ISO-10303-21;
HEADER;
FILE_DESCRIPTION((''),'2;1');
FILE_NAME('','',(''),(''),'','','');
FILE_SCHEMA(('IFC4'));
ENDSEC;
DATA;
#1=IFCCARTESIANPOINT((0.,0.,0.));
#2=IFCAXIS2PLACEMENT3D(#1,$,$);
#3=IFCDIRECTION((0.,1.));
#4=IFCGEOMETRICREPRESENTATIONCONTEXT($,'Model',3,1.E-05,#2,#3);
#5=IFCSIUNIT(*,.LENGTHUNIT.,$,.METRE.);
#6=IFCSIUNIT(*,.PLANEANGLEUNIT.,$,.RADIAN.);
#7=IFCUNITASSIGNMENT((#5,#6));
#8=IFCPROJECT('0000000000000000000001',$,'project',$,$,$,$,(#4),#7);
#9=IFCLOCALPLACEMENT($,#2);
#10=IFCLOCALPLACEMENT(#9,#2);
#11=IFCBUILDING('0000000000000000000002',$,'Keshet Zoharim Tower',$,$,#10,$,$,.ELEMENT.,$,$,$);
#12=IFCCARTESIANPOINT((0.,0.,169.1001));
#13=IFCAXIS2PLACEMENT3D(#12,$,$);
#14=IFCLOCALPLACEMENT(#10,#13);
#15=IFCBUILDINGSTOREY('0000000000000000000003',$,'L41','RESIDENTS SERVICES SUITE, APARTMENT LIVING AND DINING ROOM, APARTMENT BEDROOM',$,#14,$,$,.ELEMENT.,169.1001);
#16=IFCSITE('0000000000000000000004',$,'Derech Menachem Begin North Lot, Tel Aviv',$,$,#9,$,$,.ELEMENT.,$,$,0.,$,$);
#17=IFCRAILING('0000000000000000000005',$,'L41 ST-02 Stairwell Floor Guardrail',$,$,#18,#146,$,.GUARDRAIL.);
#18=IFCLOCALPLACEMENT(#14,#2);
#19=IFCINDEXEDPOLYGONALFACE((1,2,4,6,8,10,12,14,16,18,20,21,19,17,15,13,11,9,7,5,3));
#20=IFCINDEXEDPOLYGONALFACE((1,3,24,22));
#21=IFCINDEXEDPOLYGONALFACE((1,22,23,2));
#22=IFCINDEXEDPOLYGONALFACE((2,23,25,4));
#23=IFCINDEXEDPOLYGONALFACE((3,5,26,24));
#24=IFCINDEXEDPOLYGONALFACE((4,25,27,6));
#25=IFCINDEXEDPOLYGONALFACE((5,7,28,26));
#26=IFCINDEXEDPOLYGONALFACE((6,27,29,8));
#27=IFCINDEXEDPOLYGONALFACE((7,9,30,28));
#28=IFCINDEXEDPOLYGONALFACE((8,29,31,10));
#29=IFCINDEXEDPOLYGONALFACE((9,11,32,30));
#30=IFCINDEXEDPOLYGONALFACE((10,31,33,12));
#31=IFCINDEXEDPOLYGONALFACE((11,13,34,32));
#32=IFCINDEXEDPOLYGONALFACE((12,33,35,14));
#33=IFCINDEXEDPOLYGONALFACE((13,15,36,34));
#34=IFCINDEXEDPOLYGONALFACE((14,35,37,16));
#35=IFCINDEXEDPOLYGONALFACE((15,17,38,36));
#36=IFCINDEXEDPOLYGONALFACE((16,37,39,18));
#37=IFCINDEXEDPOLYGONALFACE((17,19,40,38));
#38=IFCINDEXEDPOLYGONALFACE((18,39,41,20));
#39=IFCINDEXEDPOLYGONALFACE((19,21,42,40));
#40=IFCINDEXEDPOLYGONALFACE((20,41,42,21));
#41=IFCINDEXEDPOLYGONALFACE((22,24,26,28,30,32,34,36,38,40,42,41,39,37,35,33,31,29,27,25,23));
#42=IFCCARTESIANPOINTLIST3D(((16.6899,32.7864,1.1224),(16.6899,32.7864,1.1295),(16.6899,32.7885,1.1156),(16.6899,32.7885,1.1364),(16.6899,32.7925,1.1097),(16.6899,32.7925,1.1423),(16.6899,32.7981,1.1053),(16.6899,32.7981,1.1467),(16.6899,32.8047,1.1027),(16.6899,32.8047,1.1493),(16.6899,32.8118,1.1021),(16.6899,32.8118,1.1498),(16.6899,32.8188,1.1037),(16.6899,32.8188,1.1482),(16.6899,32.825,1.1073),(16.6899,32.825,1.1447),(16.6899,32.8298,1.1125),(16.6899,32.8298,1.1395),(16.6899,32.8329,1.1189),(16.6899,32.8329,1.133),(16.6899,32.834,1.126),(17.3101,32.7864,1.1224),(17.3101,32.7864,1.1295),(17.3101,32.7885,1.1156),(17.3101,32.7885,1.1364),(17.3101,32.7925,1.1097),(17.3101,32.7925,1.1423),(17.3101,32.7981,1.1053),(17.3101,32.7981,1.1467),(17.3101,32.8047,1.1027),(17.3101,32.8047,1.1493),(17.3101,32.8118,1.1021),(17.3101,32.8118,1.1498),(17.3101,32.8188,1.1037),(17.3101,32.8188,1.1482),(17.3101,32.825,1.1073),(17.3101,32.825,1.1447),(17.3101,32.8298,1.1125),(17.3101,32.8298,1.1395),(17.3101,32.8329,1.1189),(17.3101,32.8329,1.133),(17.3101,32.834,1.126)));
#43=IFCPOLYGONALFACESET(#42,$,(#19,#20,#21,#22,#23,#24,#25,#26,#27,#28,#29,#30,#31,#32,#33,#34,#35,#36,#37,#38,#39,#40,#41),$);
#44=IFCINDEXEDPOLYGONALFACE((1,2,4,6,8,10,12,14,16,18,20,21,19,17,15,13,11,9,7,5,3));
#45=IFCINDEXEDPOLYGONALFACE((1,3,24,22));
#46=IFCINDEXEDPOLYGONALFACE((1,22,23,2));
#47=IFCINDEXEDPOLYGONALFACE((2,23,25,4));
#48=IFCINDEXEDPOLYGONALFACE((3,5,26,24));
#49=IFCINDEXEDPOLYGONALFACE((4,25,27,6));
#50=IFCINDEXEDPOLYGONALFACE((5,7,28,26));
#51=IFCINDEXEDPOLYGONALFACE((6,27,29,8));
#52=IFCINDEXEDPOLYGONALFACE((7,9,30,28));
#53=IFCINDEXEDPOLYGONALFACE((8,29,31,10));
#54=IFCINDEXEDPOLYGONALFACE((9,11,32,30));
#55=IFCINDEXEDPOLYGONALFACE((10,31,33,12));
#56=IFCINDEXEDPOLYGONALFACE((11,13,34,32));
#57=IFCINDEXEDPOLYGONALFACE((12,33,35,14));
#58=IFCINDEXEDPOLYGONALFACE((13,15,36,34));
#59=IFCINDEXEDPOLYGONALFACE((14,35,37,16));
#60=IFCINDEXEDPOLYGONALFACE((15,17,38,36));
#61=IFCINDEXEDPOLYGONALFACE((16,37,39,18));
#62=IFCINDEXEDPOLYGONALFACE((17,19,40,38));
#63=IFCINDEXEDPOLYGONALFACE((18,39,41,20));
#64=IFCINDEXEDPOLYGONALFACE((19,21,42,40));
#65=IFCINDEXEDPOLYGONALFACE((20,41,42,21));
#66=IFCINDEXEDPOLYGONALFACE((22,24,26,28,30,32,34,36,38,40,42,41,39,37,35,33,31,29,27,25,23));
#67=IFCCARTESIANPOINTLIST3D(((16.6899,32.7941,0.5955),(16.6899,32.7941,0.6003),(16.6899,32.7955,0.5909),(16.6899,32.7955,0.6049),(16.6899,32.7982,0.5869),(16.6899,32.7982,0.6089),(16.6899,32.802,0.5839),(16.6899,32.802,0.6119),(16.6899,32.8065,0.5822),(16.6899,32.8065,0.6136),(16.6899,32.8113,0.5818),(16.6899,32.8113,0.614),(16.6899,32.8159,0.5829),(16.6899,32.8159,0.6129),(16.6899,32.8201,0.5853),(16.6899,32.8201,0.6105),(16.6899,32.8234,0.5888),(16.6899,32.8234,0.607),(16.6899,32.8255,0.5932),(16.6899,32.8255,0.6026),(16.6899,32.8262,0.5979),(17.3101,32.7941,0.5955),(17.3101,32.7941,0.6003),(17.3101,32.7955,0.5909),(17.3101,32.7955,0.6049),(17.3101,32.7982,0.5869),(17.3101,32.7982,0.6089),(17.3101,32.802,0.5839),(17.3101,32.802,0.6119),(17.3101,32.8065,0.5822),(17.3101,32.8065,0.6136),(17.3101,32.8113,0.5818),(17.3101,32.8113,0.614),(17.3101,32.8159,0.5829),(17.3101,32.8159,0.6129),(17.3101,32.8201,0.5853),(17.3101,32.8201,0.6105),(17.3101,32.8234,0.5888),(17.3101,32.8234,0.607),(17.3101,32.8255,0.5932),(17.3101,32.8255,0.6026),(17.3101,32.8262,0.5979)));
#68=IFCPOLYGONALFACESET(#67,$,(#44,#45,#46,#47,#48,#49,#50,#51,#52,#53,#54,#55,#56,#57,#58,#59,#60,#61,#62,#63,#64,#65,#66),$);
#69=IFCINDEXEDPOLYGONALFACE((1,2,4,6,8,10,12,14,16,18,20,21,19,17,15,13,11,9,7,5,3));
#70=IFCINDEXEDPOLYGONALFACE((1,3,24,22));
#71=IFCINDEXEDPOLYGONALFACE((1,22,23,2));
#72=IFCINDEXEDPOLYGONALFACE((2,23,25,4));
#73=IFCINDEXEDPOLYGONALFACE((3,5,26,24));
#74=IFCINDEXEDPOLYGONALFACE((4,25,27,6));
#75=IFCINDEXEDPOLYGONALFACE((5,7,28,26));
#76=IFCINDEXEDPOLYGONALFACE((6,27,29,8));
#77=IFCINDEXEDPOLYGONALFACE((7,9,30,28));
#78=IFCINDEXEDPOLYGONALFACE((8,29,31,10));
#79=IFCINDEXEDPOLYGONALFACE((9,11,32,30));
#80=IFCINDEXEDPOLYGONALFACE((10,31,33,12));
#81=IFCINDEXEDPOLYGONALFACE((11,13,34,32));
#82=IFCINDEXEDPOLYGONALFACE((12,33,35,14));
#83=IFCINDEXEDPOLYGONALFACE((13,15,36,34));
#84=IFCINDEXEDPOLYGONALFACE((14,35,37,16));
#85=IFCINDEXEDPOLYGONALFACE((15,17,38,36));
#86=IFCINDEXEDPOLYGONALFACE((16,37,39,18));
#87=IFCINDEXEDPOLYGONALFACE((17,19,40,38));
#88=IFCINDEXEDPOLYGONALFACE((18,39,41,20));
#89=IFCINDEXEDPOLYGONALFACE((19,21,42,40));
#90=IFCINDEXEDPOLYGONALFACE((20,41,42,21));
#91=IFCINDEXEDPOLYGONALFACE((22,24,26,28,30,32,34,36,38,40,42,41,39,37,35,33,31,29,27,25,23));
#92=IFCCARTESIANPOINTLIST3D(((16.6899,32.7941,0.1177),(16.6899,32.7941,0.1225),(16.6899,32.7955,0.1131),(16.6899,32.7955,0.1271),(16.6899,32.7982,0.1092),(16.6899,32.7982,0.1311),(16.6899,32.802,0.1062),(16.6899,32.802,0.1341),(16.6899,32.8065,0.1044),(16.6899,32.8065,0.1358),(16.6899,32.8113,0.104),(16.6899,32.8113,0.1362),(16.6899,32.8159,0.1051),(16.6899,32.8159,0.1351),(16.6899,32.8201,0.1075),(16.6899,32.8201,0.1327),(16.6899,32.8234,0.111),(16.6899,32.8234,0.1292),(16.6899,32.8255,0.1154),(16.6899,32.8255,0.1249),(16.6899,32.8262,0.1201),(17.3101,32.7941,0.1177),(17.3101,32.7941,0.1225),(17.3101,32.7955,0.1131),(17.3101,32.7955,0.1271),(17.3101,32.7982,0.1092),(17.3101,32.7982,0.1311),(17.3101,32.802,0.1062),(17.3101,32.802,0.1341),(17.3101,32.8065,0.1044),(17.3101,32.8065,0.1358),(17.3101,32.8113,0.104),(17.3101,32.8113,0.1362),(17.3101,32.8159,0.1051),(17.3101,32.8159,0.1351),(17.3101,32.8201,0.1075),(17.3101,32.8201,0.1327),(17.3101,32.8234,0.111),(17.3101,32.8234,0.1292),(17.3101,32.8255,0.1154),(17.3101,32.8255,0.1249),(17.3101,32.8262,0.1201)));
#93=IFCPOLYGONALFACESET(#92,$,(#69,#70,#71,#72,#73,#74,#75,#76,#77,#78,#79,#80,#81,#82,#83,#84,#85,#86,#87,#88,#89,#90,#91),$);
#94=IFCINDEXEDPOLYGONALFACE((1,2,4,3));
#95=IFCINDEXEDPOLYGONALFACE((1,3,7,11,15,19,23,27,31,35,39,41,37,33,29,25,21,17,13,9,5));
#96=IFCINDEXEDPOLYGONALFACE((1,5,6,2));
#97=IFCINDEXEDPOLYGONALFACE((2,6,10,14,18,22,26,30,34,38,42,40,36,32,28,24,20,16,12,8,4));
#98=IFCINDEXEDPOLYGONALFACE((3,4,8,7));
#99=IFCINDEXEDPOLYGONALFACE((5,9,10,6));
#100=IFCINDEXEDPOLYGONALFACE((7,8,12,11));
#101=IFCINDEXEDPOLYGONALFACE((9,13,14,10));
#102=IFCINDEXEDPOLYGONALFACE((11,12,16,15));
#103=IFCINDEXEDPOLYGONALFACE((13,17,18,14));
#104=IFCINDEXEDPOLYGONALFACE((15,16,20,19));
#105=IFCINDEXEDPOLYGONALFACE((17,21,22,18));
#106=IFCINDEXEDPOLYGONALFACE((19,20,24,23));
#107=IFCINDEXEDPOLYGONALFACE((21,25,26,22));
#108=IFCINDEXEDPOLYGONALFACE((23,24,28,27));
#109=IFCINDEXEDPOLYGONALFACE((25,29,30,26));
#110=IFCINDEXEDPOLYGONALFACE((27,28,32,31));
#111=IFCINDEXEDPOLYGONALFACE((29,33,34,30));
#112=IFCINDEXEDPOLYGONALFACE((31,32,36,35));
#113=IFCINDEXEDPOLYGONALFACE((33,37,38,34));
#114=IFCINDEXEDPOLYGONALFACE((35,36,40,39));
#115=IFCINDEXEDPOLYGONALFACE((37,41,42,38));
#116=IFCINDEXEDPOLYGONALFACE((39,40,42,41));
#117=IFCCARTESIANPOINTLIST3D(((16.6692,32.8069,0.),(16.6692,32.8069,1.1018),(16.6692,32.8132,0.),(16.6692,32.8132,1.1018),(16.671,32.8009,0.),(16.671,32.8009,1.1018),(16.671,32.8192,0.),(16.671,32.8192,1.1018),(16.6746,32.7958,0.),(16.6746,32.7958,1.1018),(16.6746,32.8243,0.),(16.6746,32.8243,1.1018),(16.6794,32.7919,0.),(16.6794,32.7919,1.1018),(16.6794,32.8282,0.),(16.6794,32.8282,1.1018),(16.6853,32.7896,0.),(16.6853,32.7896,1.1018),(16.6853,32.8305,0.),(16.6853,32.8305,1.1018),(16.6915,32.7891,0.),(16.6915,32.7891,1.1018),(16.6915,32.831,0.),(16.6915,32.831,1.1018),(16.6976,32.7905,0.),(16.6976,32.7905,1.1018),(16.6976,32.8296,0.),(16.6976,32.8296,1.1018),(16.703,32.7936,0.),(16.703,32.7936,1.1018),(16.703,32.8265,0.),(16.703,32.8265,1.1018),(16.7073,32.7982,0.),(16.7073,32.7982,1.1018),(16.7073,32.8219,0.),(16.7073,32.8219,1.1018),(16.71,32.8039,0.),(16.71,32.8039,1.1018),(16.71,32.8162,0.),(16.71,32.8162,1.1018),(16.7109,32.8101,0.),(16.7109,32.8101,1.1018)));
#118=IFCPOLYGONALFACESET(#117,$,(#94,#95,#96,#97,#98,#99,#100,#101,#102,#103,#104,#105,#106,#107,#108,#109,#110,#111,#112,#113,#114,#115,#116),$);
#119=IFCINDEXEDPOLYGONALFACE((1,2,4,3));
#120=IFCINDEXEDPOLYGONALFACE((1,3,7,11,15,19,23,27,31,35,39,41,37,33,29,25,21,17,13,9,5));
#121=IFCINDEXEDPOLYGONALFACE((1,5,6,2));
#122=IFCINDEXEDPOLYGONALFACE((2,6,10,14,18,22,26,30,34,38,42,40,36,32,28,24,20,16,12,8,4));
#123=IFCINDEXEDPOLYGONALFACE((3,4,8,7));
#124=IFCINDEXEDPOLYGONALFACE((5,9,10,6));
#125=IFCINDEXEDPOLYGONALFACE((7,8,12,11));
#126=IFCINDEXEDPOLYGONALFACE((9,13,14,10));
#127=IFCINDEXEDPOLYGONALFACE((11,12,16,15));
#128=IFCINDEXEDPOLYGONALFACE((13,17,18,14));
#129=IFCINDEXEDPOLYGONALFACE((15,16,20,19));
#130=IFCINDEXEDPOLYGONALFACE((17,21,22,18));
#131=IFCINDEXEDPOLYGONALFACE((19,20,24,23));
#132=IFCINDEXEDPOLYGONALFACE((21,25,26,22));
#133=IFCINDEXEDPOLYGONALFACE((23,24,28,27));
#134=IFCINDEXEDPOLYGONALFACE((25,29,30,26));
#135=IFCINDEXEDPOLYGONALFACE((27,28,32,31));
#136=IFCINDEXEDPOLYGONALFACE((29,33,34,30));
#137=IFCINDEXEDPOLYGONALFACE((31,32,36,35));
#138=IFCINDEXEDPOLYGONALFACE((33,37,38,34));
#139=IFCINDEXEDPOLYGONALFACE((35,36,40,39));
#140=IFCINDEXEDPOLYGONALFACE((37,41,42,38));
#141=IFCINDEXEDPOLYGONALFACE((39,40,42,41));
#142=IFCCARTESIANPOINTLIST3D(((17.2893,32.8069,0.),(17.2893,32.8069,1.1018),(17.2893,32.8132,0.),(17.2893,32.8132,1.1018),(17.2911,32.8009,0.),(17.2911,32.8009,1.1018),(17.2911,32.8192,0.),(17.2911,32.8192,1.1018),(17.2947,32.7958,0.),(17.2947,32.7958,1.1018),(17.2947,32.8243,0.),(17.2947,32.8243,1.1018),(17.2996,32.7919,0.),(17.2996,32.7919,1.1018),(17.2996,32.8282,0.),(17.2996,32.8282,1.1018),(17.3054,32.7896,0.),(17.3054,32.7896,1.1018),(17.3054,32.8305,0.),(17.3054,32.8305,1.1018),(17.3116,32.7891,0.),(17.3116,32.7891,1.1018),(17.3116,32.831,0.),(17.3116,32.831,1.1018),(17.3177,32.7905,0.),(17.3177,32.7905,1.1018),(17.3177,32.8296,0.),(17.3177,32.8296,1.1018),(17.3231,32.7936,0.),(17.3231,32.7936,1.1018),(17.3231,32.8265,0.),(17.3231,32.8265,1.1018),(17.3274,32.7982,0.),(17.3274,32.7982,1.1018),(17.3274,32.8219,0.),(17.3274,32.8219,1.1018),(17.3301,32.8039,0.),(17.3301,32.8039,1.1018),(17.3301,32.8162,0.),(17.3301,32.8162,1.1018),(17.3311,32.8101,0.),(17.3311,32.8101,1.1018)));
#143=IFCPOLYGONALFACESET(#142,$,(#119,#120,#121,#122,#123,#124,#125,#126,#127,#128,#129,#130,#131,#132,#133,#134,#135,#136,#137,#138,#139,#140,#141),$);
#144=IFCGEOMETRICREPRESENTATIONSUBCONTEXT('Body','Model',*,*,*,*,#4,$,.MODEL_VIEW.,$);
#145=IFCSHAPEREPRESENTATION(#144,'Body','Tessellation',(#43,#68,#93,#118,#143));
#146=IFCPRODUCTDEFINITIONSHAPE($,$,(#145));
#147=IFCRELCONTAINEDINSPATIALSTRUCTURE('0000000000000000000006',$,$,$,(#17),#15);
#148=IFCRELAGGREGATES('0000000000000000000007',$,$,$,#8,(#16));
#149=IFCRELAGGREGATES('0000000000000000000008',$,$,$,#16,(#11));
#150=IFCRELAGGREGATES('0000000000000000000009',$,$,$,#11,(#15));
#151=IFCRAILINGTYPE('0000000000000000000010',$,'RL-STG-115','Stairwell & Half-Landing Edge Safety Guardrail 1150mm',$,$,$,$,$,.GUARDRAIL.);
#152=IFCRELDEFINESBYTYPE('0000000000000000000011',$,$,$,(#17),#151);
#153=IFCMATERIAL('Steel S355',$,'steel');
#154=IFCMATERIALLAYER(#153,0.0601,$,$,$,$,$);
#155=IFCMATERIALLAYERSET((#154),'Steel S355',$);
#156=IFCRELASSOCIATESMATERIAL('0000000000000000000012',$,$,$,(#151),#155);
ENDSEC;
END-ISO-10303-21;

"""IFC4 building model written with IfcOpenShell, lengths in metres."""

from ifc_helpers import new_model, si_unit, direction, frame, origin, origin_2d, place, context, subcontext, project, spatial, circle, extrude, material, layer, layer_set, type_object, element, save


model = new_model("IFC4")

# Units and contexts
model_context = context("Model", 3, precision=1e-05, world=origin(), true_north=direction((0.0, 1.0)))
body_context = subcontext(model_context, "Body", "Model", "MODEL_VIEW")
ifc_project = project(units=[si_unit("LENGTHUNIT", "METRE"), si_unit("PLANEANGLEUNIT", "RADIAN")], contexts=[model_context])

# Site, building, storey
site_placement = place(None, origin())
site = spatial("IfcSite", under=ifc_project, at=site_placement, Name="Derech Menachem Begin North Lot, Tel Aviv", CompositionType="ELEMENT", RefElevation=0.0)
building_placement = place(site_placement, origin())
building = spatial("IfcBuilding", under=site, at=building_placement, Name="Keshet Zoharim Tower", CompositionType="ELEMENT")
storey_placement = place(building_placement, frame((0.0, 0.0, 169.1001)))
storey = spatial("IfcBuildingStorey", under=building, at=storey_placement, Name="L41", Description="RESIDENTS SERVICES SUITE, APARTMENT LIVING AND DINING ROOM, APARTMENT BEDROOM", CompositionType="ELEMENT", Elevation=169.1001)

# Shared definitions
ifc_material_1 = material(Name="Steel S355", Category="steel")

# Railing
ifc_layer_1 = layer(ifc_material_1, 0.0601)
ifc_layer_set_1 = layer_set([ifc_layer_1], Name="Steel S355")
railing_type_1 = type_object("IfcRailingType", Name="RL-STG-115", Description="Stairwell & Half-Landing Edge Safety Guardrail 1150mm", PredefinedType="GUARDRAIL", material=ifc_layer_set_1)
railing_1_placement = place(storey_placement, frame((16.6899, 32.8101, 0.0)))
element("IfcRailing", 1, at=railing_1_placement, inside=storey, type_object=railing_type_1, Name="L41 ST-02 Stairwell Floor Guardrail", PredefinedType="GUARDRAIL", context=body_context, shape_type="SweptSolid", body=[
    extrude(circle(Radius=0.0239, at=origin_2d()), frame((0.0, 0.0, 1.126), z_axis=(1.0, 0.0, 0.0), x_axis=(0.0, 1.0, 0.0)), (0.0, 0.0, 1.0), 0.6201),
    extrude(circle(Radius=0.0161, at=origin_2d()), frame((0.0, 0.0, 0.5979), z_axis=(1.0, 0.0, 0.0), x_axis=(0.0, 1.0, 0.0)), (0.0, 0.0, 1.0), 0.6201),
    extrude(circle(Radius=0.0161, at=origin_2d()), frame((0.0, 0.0, 0.1201), z_axis=(1.0, 0.0, 0.0), x_axis=(0.0, 1.0, 0.0)), (0.0, 0.0, 1.0), 0.6201),
    extrude(circle(Radius=0.021, at=origin_2d()), origin(), (0.0, 0.0, 1.0), 1.1018),
    extrude(circle(Radius=0.021, at=origin_2d()), frame((0.6201, 0.0, 0.0)), (0.0, 0.0, 1.0), 1.1018),
])

save(model, "model.ifc")
